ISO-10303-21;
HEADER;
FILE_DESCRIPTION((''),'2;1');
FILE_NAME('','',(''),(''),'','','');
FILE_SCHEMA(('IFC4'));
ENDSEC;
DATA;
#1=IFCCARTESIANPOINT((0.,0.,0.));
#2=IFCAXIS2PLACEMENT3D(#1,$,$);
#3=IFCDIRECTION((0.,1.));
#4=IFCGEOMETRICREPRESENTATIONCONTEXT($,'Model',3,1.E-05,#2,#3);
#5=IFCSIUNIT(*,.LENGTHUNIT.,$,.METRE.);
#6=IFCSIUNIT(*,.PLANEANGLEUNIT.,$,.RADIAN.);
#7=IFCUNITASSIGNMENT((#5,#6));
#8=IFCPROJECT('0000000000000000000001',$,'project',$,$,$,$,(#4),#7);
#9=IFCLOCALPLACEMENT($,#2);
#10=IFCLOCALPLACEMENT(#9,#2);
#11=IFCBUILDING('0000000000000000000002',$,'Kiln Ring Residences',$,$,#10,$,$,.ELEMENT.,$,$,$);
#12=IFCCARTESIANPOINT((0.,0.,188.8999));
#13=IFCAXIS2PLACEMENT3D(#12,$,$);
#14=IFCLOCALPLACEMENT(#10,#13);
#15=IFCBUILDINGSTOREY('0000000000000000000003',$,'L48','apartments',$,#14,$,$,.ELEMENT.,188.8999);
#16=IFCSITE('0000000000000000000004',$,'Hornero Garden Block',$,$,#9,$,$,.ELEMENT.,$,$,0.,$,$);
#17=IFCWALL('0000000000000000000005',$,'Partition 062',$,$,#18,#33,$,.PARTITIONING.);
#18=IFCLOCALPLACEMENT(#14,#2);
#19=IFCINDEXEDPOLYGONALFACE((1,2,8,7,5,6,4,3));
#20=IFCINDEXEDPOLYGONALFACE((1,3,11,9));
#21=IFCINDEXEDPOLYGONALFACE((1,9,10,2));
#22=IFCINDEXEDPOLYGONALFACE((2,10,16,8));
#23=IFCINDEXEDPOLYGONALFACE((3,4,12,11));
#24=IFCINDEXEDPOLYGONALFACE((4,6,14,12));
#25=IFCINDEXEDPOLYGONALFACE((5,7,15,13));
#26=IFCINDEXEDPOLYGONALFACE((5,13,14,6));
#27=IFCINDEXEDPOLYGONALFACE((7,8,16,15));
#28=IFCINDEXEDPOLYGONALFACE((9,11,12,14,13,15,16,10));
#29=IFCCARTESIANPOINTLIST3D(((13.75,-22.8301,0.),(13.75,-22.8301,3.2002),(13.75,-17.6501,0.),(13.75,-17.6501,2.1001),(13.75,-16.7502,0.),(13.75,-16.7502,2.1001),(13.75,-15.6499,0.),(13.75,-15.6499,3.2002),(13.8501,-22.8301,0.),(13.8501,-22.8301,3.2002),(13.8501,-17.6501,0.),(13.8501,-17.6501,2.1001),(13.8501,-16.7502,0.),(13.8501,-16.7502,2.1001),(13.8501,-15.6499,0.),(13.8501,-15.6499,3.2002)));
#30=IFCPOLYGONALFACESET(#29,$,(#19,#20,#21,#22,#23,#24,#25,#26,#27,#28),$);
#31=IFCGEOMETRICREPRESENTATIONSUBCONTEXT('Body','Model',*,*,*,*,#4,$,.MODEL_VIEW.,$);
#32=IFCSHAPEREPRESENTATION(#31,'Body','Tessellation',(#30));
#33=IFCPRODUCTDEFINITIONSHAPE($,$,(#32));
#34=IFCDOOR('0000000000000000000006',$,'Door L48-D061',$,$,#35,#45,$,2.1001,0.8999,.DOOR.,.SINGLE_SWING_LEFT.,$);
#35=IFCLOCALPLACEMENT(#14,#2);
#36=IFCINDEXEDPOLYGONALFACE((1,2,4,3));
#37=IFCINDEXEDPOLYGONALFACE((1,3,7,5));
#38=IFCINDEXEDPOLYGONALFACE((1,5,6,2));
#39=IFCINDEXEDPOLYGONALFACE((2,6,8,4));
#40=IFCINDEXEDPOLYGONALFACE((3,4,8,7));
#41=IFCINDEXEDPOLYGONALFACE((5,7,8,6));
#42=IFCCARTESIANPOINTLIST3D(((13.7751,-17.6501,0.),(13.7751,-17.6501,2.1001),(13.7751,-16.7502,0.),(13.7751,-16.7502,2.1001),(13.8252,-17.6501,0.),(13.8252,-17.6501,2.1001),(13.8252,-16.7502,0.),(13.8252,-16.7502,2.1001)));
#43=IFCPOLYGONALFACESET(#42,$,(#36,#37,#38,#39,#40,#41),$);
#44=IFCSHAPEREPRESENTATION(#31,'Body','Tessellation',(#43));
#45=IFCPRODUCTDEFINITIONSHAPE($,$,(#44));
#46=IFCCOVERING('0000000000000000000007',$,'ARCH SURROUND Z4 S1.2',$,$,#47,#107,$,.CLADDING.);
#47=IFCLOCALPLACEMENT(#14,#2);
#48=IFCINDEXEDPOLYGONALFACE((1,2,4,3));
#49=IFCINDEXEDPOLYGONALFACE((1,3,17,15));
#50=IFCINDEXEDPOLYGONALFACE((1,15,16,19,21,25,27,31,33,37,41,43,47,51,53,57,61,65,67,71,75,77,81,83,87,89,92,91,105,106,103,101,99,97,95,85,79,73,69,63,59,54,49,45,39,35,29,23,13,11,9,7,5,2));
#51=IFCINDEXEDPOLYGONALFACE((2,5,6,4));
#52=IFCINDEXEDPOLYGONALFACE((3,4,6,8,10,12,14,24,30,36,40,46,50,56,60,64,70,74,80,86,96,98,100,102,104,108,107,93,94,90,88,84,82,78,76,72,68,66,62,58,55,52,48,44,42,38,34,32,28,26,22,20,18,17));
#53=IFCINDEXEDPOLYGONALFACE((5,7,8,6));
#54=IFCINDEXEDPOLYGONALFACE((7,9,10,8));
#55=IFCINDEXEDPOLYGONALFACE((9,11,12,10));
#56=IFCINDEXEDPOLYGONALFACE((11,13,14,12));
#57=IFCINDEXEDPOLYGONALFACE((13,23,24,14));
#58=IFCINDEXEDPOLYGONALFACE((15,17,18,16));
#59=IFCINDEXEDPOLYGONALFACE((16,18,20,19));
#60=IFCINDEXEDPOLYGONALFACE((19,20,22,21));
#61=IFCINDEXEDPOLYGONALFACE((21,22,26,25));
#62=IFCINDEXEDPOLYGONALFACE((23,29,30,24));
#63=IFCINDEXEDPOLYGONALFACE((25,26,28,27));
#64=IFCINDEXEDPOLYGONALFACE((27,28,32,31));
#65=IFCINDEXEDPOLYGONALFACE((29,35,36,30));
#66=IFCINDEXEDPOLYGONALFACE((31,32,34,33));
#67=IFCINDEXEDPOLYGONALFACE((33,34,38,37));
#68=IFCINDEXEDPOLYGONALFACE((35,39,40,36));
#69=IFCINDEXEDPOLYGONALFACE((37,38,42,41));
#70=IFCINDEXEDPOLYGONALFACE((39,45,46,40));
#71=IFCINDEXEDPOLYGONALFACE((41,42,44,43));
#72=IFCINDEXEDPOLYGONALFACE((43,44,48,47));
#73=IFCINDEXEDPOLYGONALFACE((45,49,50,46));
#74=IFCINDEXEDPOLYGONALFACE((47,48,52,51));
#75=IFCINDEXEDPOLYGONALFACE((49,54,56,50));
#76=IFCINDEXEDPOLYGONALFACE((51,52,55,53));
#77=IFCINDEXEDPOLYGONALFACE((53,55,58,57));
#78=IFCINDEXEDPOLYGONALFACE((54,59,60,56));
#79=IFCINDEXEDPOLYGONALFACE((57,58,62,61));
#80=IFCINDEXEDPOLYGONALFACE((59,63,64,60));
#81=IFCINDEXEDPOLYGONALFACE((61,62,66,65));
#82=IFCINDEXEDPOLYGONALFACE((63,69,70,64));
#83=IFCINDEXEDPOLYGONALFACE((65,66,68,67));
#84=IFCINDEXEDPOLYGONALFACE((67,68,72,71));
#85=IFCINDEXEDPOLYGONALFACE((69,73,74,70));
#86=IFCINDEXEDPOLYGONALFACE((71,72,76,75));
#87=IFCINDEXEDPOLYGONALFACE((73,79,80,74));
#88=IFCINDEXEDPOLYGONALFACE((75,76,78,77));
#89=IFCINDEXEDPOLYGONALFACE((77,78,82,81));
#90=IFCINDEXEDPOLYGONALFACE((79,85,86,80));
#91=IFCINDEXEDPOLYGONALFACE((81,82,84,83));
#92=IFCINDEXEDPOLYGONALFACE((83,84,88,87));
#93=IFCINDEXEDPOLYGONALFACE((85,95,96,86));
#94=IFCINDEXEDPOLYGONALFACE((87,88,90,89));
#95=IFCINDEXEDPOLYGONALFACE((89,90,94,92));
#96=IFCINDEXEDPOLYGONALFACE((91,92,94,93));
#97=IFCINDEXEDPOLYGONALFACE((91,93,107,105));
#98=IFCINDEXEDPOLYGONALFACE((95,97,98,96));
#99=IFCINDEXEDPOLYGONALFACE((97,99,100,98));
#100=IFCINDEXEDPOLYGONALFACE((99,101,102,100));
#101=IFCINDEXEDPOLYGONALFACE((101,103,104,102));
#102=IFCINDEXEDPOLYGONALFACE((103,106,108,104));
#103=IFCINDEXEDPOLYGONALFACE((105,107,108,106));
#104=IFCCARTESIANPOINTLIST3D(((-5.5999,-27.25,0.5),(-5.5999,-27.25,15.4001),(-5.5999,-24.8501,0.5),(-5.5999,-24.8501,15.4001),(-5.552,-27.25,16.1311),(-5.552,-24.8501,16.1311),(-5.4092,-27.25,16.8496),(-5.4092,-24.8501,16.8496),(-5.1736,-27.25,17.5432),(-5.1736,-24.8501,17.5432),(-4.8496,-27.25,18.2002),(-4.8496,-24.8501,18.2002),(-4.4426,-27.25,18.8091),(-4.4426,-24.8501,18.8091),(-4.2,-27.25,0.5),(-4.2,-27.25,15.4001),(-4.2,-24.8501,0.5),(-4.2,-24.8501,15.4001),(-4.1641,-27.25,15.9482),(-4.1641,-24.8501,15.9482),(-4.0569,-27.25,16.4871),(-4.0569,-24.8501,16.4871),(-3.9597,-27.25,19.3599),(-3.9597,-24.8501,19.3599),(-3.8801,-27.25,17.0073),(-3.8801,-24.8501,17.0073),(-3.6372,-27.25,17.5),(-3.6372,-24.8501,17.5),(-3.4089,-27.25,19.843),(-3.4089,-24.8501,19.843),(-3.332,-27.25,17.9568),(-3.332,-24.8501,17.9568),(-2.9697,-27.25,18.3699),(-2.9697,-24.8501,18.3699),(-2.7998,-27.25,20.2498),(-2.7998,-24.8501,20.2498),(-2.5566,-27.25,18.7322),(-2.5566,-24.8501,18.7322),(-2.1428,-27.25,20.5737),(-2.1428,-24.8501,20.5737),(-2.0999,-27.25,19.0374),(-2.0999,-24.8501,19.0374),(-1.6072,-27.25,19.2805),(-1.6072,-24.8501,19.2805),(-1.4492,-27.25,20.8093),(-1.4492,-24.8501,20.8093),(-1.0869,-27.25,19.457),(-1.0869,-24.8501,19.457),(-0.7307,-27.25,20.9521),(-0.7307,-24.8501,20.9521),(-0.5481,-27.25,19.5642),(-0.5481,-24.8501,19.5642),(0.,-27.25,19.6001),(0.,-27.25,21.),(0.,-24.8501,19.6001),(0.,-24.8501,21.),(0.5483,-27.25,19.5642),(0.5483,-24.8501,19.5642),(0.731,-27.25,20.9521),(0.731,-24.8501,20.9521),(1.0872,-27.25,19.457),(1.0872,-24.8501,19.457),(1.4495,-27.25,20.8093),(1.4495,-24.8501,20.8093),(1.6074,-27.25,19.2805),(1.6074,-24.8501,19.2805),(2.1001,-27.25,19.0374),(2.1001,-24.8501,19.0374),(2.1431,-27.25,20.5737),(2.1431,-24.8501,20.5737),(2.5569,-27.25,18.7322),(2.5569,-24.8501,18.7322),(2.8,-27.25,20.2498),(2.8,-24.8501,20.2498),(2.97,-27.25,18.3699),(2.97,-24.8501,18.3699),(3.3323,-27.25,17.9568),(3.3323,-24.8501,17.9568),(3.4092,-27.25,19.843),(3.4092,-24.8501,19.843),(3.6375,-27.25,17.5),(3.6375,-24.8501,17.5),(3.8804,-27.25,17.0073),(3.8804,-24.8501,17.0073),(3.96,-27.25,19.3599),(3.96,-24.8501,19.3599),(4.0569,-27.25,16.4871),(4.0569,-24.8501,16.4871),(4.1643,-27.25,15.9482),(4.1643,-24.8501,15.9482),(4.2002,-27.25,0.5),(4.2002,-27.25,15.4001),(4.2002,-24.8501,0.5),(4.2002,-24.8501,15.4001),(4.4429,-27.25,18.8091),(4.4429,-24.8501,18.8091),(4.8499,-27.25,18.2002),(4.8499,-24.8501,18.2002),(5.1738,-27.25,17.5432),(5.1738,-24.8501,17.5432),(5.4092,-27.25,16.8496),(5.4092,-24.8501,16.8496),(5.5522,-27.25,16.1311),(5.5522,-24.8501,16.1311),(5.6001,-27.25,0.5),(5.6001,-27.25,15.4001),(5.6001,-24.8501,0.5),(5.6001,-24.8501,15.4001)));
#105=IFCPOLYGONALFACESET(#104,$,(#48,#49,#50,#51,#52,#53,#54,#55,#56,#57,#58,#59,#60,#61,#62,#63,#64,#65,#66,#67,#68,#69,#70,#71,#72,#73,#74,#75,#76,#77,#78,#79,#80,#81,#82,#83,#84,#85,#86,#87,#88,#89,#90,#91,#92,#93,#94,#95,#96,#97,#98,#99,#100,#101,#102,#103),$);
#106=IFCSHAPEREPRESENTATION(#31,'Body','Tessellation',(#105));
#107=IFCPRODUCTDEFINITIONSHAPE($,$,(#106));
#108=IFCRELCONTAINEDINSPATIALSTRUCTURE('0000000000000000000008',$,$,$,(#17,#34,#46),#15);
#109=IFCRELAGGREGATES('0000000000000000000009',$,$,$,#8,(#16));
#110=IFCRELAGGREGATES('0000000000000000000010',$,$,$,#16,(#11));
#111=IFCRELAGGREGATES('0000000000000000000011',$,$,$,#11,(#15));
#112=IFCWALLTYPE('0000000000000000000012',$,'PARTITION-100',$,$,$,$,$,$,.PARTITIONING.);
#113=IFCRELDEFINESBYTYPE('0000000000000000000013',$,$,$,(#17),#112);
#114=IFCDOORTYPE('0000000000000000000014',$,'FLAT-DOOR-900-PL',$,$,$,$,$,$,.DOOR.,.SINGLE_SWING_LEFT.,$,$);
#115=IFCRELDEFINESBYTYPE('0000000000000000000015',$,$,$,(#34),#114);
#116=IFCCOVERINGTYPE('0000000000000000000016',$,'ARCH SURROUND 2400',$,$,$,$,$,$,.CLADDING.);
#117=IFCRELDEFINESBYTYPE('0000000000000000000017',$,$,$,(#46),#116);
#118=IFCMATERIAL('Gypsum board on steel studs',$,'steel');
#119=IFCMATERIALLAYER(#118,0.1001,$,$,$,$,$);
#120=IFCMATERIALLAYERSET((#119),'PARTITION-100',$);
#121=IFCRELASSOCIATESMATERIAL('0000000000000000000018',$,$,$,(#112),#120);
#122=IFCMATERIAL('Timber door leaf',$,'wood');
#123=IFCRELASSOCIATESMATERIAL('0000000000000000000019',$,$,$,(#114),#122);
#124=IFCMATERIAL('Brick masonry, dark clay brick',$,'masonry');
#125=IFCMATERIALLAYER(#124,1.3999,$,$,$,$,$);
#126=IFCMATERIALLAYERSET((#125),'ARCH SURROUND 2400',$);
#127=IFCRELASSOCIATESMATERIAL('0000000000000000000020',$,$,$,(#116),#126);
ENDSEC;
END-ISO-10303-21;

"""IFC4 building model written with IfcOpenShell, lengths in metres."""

from ifc_helpers import new_model, si_unit, direction, frame, frame_2d, origin, place, context, subcontext, project, spatial, polyline, rectangle, outline, extrude, material, layer, layer_set, type_object, element, fill, save


model = new_model("IFC4")

# Units and contexts
model_context = context("Model", 3, precision=1e-05, world=origin(), true_north=direction((0.0, 1.0)))
body_context = subcontext(model_context, "Body", "Model", "MODEL_VIEW")
ifc_project = project(units=[si_unit("LENGTHUNIT", "METRE"), si_unit("PLANEANGLEUNIT", "RADIAN")], contexts=[model_context])

# Site, building, storey
site_placement = place(None, origin())
site = spatial("IfcSite", under=ifc_project, at=site_placement, Name="Hornero Garden Block", CompositionType="ELEMENT", RefElevation=0.0)
building_placement = place(site_placement, origin())
building = spatial("IfcBuilding", under=site, at=building_placement, Name="Kiln Ring Residences", CompositionType="ELEMENT")
storey_placement = place(building_placement, frame((0.0, 0.0, 188.8999)))
storey = spatial("IfcBuildingStorey", under=building, at=storey_placement, Name="L48", Description="apartments", CompositionType="ELEMENT", Elevation=188.8999)

# Wall, opening, door
ifc_material_1 = material(Name="Gypsum board on steel studs", Category="steel")
ifc_layer_1 = layer(ifc_material_1, 0.1001)
ifc_layer_set_1 = layer_set([ifc_layer_1], Name="PARTITION-100")
wall_type_1 = type_object("IfcWallType", Name="PARTITION-100", PredefinedType="PARTITIONING", material=ifc_layer_set_1)
wall_1_placement = place(storey_placement, frame((13.8, -22.8301, 0.0), z_axis=(0.0, 0.0, 1.0), x_axis=(0.0, 1.0, 0.0)))
wall_1 = element("IfcWall", 1, at=wall_1_placement, inside=storey, type_object=wall_type_1, Name="Partition 062", PredefinedType="PARTITIONING", context=body_context, shape_type="SweptSolid", body=[
    extrude(rectangle(XDim=7.1802, YDim=0.1001, at=frame_2d((3.5901, 0.0))), origin(), (0.0, 0.0, 1.0), 3.2002),
])
opening_1_placement = place(wall_1_placement, frame((5.1799, 0.0, 0.0)))
opening_1 = element("IfcOpeningElement", 2, at=opening_1_placement, cuts=wall_1, PredefinedType="OPENING", context=body_context, shape_type="SweptSolid", body=[
    extrude(rectangle(XDim=0.8999, YDim=2.1001, at=frame_2d((0.45, 1.05))), frame((0.0, 0.0601, 0.0), z_axis=(0.0, -1.0, 0.0), x_axis=(1.0, 0.0, 0.0)), (0.0, 0.0, 1.0), 0.1201),
])
ifc_material_2 = material(Name="Timber door leaf", Category="wood")
door_type = type_object("IfcDoorType", Name="FLAT-DOOR-900-PL", OperationType="SINGLE_SWING_LEFT", PredefinedType="DOOR", material=ifc_material_2)
door_placement = place(opening_1_placement, origin())
door = element("IfcDoor", 3, at=door_placement, inside=storey, type_object=door_type, Name="Door L48-D061", OperationType="SINGLE_SWING_LEFT", OverallHeight=2.1001, OverallWidth=0.8999, PredefinedType="DOOR", context=body_context, shape_type="SweptSolid", body=[
    extrude(rectangle(XDim=0.8999, YDim=2.1001, at=frame_2d((0.45, 1.05))), frame((0.0, 0.0249, 0.0), z_axis=(0.0, -1.0, 0.0), x_axis=(1.0, 0.0, 0.0)), (0.0, 0.0, 1.0), 0.05),
])
fill(opening_1, door)

# Covering
ifc_material_3 = material(Name="Brick masonry, dark clay brick", Category="masonry")
ifc_layer_2 = layer(ifc_material_3, 1.3999)
ifc_layer_set_2 = layer_set([ifc_layer_2], Name="ARCH SURROUND 2400")
covering_type = type_object("IfcCoveringType", Name="ARCH SURROUND 2400", PredefinedType="CLADDING", material=ifc_layer_set_2)
covering_placement = place(storey_placement, frame((5.6001, -26.05, 0.5), z_axis=(0.0, 0.0, 1.0), x_axis=(-1.0, 0.0, 0.0)))
element("IfcCovering", 4, at=covering_placement, inside=storey, type_object=covering_type, Name="ARCH SURROUND Z4 S1.2", PredefinedType="CLADDING", context=body_context, shape_type="SweptSolid", body=[
    extrude(outline(polyline([(11.2, 0.0), (11.2, 14.9001), (11.1521, 15.6311), (11.0093, 16.3496), (10.7737, 17.0432), (10.4497, 17.7002), (10.0427, 18.3091), (9.5598, 18.8599), (9.009, 19.343), (8.3999, 19.7498), (7.7429, 20.0737), (7.0493, 20.3093), (6.3308, 20.4521), (5.6001, 20.5), (4.8691, 20.4521), (4.1506, 20.3093), (3.457, 20.0737), (2.8, 19.7498), (2.1909, 19.343), (1.6401, 18.8599), (1.1572, 18.3091), (0.7502, 17.7002), (0.4263, 17.0432), (0.1909, 16.3496), (0.0479, 15.6311), (0.0, 14.9001), (0.0, 0.0), (1.3999, 0.0), (1.3999, 14.9001), (1.4358, 15.4482), (1.5432, 15.9871), (1.7197, 16.5073), (1.9626, 17.0), (2.2678, 17.4568), (2.6301, 17.8699), (3.0432, 18.2322), (3.5, 18.5374), (3.9927, 18.7805), (4.5129, 18.957), (5.0518, 19.0642), (5.6001, 19.1001), (6.1482, 19.0642), (6.687, 18.957), (7.2073, 18.7805), (7.7, 18.5374), (8.1567, 18.2322), (8.5698, 17.8699), (8.9321, 17.4568), (9.2373, 17.0), (9.4802, 16.5073), (9.657, 15.9871), (9.7642, 15.4482), (9.8, 14.9001), (9.8, 0.0), (11.2, 0.0)])), frame((0.0, 1.2, 0.0), z_axis=(0.0, -1.0, 0.0), x_axis=(1.0, 0.0, 0.0)), (0.0, 0.0, 1.0), 2.3999),
])

save(model, "model.ifc")
